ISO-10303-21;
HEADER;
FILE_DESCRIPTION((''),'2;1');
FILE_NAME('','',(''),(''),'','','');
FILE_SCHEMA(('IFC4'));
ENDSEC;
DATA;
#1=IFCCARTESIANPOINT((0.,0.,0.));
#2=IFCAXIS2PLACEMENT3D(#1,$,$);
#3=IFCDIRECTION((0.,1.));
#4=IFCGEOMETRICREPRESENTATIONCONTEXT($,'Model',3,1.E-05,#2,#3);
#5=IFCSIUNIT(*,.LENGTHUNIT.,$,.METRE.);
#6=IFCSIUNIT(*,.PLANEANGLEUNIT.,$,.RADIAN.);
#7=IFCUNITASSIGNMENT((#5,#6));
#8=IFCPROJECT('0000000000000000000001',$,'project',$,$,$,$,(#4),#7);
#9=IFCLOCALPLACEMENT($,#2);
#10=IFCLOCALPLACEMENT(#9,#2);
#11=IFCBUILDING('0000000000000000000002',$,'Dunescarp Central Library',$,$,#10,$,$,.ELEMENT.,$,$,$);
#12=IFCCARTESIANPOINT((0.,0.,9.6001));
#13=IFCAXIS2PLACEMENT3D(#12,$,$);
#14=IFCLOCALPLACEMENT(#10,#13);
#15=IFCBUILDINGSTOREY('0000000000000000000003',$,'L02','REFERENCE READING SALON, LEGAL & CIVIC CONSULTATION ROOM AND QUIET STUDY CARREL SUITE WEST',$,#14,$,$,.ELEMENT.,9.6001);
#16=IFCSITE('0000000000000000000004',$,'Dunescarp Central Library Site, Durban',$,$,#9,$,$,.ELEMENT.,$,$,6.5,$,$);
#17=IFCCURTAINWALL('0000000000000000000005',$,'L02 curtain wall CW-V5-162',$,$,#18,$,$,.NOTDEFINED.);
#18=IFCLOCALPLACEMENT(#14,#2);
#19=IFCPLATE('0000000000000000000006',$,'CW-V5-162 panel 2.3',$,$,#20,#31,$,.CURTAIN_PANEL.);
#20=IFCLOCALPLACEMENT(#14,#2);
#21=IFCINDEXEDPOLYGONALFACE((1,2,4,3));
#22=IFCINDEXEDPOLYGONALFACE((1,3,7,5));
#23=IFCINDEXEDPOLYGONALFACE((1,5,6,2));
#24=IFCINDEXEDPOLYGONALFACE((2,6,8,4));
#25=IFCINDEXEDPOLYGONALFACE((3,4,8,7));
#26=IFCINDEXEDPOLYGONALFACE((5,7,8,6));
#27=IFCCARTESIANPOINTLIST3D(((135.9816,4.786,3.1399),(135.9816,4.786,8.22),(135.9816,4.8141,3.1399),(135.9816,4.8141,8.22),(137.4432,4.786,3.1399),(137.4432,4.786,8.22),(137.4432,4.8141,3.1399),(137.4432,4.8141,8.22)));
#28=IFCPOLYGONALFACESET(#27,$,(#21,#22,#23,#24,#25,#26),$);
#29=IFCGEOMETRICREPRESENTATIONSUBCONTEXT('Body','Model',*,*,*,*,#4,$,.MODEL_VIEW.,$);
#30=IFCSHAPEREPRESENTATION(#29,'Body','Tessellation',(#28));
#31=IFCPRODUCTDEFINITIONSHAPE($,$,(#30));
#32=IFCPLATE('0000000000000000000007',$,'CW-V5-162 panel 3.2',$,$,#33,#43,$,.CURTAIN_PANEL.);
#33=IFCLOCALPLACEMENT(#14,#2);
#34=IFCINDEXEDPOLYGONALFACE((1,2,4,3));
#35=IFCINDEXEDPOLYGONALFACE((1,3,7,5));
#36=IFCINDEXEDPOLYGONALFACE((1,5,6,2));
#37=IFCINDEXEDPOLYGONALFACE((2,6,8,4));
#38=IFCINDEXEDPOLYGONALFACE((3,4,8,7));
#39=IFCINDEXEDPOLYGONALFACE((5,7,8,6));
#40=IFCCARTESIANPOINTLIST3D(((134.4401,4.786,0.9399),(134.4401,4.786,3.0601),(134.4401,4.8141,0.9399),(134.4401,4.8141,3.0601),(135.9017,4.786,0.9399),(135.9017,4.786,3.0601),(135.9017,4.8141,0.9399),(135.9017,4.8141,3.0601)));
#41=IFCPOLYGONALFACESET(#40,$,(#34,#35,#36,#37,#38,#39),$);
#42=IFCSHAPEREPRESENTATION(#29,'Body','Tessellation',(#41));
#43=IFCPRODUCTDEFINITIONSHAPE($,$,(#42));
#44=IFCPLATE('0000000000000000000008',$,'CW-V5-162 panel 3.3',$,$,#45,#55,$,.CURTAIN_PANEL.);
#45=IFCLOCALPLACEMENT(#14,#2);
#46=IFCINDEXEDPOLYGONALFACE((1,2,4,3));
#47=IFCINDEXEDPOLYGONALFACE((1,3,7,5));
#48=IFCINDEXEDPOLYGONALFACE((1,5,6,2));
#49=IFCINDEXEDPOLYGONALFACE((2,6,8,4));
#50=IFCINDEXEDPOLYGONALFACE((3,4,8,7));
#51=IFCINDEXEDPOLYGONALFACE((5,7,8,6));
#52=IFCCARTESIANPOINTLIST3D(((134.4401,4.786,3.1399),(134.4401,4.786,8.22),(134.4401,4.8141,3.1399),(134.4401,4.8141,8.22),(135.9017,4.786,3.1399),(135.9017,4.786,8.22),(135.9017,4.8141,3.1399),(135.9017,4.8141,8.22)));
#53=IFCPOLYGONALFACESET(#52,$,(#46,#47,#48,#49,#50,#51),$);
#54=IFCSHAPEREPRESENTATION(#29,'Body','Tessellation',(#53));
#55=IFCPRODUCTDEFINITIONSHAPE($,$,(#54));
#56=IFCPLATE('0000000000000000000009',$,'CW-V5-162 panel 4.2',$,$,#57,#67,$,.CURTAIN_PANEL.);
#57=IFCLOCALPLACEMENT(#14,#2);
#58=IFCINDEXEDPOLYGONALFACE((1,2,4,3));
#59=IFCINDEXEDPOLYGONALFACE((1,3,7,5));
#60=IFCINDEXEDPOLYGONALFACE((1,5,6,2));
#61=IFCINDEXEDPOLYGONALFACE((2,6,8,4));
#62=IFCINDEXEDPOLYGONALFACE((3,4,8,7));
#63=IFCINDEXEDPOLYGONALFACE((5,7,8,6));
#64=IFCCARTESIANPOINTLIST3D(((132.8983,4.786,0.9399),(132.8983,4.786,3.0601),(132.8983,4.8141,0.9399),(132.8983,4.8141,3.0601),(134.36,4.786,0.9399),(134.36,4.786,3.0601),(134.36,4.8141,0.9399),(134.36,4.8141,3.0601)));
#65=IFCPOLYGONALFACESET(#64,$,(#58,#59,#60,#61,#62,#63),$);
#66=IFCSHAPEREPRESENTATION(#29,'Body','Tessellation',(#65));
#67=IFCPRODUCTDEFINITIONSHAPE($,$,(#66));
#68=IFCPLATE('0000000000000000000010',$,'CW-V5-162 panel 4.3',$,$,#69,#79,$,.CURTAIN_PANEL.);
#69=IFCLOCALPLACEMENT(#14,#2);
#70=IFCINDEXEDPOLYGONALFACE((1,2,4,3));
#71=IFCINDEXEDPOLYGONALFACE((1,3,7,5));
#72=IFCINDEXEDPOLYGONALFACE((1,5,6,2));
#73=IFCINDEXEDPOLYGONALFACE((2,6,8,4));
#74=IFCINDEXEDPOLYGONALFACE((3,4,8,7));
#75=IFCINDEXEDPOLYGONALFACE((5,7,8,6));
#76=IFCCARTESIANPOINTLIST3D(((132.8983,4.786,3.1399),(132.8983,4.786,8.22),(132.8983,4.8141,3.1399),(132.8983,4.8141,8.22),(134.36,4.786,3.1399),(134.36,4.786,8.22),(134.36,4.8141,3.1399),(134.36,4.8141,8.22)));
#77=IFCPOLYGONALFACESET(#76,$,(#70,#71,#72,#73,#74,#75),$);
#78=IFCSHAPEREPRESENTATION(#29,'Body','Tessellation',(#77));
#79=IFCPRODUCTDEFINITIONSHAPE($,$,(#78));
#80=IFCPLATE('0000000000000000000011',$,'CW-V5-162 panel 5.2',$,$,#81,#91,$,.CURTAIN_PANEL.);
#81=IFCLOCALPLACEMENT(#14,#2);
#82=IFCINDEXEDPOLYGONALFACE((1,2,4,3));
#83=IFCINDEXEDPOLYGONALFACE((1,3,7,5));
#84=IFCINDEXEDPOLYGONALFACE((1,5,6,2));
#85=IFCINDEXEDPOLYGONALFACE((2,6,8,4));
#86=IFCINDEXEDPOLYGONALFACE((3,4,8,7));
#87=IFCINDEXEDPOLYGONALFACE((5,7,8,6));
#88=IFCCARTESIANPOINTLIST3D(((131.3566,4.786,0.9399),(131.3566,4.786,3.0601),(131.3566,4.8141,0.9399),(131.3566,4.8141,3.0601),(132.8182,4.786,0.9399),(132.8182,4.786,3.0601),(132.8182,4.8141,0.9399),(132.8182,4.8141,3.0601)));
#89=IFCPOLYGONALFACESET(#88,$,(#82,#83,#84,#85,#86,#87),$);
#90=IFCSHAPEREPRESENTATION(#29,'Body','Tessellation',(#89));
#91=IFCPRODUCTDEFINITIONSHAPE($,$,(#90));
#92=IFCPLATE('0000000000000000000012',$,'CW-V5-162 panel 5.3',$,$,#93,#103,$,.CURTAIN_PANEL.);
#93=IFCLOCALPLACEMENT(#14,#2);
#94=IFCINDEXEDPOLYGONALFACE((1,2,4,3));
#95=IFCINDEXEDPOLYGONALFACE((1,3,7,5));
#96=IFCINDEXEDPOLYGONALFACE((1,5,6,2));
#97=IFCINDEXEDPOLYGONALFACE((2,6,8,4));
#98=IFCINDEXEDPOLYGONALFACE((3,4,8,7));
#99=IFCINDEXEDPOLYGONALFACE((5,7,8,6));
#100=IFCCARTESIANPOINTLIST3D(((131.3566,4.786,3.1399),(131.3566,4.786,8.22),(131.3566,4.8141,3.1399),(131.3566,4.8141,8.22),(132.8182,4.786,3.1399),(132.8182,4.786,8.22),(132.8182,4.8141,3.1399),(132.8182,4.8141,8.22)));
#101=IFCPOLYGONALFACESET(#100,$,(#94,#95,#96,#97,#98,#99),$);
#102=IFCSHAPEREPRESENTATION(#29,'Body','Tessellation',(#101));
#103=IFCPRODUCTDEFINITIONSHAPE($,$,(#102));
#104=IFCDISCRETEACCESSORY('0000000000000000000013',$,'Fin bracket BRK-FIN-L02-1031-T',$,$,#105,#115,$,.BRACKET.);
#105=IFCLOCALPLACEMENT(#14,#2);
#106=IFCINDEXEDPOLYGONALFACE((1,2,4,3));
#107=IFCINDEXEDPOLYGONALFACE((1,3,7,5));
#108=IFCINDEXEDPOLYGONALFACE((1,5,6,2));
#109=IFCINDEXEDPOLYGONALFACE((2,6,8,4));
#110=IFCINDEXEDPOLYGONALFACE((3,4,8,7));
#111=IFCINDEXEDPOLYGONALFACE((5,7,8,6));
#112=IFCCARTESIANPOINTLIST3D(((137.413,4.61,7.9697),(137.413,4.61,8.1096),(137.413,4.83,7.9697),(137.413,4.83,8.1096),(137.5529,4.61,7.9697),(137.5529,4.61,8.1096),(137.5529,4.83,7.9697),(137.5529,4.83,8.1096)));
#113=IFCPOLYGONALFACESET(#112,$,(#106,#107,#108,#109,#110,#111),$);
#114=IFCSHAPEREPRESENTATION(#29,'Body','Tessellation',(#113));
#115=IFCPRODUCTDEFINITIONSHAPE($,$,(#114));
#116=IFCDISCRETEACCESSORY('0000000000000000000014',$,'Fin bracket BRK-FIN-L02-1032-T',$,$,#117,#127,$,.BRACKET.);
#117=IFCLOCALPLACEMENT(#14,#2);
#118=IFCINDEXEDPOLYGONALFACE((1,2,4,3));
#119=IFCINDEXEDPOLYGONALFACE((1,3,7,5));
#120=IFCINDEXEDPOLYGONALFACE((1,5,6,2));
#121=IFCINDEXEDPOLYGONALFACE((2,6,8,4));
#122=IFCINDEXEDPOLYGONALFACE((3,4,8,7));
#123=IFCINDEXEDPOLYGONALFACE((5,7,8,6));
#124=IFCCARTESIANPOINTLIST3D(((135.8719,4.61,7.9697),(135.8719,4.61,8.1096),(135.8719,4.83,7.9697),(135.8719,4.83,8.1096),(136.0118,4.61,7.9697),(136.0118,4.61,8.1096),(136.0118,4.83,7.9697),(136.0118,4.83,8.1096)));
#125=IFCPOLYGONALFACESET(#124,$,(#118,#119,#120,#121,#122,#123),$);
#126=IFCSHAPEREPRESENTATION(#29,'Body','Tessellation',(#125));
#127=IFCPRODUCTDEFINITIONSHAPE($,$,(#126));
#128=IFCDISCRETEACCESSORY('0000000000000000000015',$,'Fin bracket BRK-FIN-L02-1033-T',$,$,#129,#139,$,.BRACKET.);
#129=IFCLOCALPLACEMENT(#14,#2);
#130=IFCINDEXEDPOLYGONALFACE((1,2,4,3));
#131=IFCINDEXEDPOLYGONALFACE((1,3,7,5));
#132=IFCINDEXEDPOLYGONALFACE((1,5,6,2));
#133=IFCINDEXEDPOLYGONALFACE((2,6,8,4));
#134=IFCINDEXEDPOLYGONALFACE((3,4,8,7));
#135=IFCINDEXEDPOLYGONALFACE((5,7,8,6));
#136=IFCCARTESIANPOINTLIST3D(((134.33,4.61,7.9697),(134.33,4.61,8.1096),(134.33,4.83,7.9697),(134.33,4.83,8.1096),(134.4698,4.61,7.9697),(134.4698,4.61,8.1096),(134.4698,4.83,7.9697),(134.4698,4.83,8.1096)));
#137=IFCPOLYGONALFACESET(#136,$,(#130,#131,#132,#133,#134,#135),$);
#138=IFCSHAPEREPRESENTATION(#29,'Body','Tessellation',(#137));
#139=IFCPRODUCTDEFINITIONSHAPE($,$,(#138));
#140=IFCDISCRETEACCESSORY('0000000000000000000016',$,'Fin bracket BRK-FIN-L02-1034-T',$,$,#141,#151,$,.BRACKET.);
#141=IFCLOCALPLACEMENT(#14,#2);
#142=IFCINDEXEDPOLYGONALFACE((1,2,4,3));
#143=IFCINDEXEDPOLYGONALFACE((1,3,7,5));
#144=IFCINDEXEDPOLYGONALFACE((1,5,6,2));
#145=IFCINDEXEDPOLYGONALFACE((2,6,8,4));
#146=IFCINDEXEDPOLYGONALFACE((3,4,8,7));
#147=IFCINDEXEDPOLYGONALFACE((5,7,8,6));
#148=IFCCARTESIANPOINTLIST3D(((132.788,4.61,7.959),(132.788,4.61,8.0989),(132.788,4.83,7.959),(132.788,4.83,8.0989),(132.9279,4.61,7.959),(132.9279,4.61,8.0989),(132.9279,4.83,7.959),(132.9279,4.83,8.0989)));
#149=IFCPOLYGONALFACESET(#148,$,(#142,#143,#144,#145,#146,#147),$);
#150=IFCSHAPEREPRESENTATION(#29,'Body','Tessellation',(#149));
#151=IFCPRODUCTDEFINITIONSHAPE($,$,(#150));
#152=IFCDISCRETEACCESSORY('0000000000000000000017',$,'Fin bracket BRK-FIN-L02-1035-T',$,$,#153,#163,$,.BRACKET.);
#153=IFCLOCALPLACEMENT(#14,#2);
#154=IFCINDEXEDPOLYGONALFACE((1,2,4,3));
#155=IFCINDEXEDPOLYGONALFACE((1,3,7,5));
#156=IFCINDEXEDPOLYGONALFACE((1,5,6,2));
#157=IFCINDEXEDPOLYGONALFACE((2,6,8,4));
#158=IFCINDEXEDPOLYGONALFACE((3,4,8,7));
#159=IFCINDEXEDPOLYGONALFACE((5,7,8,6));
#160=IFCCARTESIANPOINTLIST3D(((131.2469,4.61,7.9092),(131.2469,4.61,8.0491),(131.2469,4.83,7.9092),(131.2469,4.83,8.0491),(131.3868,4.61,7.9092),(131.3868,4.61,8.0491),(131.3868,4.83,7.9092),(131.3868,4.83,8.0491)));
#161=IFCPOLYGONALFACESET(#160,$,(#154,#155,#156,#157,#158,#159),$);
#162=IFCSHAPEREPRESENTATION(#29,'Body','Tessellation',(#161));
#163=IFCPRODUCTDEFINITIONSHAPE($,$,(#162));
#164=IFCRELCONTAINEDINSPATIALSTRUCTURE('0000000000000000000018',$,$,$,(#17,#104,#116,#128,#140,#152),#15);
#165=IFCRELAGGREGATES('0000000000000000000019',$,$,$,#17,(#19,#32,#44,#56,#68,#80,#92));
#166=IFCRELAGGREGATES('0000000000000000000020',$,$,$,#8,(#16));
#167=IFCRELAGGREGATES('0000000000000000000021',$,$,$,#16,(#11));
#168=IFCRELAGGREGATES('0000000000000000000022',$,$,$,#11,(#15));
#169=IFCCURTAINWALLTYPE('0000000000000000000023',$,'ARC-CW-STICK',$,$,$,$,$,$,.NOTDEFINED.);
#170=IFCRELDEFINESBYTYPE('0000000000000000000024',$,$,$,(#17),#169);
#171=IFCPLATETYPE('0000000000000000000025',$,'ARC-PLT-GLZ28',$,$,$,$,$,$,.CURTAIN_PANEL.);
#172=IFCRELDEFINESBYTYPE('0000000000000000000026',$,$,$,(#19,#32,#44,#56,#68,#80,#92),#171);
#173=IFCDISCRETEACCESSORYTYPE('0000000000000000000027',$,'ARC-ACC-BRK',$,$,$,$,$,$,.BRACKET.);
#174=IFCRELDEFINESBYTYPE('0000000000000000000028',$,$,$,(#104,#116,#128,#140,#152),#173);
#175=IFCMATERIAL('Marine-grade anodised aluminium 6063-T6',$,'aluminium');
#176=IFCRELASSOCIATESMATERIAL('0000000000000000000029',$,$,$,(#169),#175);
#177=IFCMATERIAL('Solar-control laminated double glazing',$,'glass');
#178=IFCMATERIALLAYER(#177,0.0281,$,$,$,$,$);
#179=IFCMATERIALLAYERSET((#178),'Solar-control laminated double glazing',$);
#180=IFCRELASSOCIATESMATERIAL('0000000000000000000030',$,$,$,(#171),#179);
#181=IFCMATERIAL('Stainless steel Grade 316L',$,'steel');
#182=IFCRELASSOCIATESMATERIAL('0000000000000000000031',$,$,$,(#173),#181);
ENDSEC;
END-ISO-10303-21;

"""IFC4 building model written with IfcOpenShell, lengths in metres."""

from ifc_helpers import new_model, si_unit, direction, frame, origin, origin_2d, place, context, subcontext, project, spatial, rectangle, extrude, material, layer, layer_set, type_object, element, aggregate, save


model = new_model("IFC4")

# Units and contexts
model_context = context("Model", 3, precision=1e-05, world=origin(), true_north=direction((0.0, 1.0)))
body_context = subcontext(model_context, "Body", "Model", "MODEL_VIEW")
ifc_project = project(units=[si_unit("LENGTHUNIT", "METRE"), si_unit("PLANEANGLEUNIT", "RADIAN")], contexts=[model_context])

# Site, building, storey
site_placement = place(None, origin())
site = spatial("IfcSite", under=ifc_project, at=site_placement, Name="Dunescarp Central Library Site, Durban", CompositionType="ELEMENT", RefElevation=6.5)
building_placement = place(site_placement, origin())
building = spatial("IfcBuilding", under=site, at=building_placement, Name="Dunescarp Central Library", CompositionType="ELEMENT")
storey_placement = place(building_placement, frame((0.0, 0.0, 9.6001)))
storey = spatial("IfcBuildingStorey", under=building, at=storey_placement, Name="L02", Description="REFERENCE READING SALON, LEGAL & CIVIC CONSULTATION ROOM AND QUIET STUDY CARREL SUITE WEST", CompositionType="ELEMENT", Elevation=9.6001)

# Curtain wall, plates
ifc_material_1 = material(Name="Marine-grade anodised aluminium 6063-T6", Category="aluminium")
curtain_wall_type = type_object("IfcCurtainWallType", Name="ARC-CW-STICK", PredefinedType="NOTDEFINED", material=ifc_material_1)
curtain_wall_placement = place(storey_placement, origin())
curtain_wall = element("IfcCurtainWall", 1, at=curtain_wall_placement, inside=storey, type_object=curtain_wall_type, Name="L02 curtain wall CW-V5-162", PredefinedType="NOTDEFINED")
ifc_material_2 = material(Name="Solar-control laminated double glazing", Category="glass")
ifc_layer = layer(ifc_material_2, 0.0281)
ifc_layer_set = layer_set([ifc_layer], Name="Solar-control laminated double glazing")
plate_type = type_object("IfcPlateType", Name="ARC-PLT-GLZ28", PredefinedType="CURTAIN_PANEL", material=ifc_layer_set)
plate_1_placement = place(storey_placement, frame((136.7124, 4.8, 3.1399), z_axis=(0.0, 0.0, 1.0), x_axis=(-1.0, 0.0, 0.0)))
plate_1 = element("IfcPlate", 2, at=plate_1_placement, type_object=plate_type, Name="CW-V5-162 panel 2.3", PredefinedType="CURTAIN_PANEL", context=body_context, shape_type="SweptSolid", body=[
    extrude(rectangle(XDim=1.4617, YDim=0.0281, at=origin_2d()), origin(), (0.0, 0.0, 1.0), 5.0801),
])
plate_2_placement = place(storey_placement, frame((135.1709, 4.8, 0.9399), z_axis=(0.0, 0.0, 1.0), x_axis=(-1.0, 0.0, 0.0)))
plate_2 = element("IfcPlate", 3, at=plate_2_placement, type_object=plate_type, Name="CW-V5-162 panel 3.2", PredefinedType="CURTAIN_PANEL", context=body_context, shape_type="SweptSolid", body=[
    extrude(rectangle(XDim=1.4617, YDim=0.0281, at=origin_2d()), origin(), (0.0, 0.0, 1.0), 2.1201),
])
plate_3_placement = place(storey_placement, frame((135.1709, 4.8, 3.1399), z_axis=(0.0, 0.0, 1.0), x_axis=(-1.0, 0.0, 0.0)))
plate_3 = element("IfcPlate", 4, at=plate_3_placement, type_object=plate_type, Name="CW-V5-162 panel 3.3", PredefinedType="CURTAIN_PANEL", context=body_context, shape_type="SweptSolid", body=[
    extrude(rectangle(XDim=1.4617, YDim=0.0281, at=origin_2d()), origin(), (0.0, 0.0, 1.0), 5.0801),
])
plate_4_placement = place(storey_placement, frame((133.6292, 4.8, 0.9399), z_axis=(0.0, 0.0, 1.0), x_axis=(-1.0, 0.0, 0.0)))
plate_4 = element("IfcPlate", 5, at=plate_4_placement, type_object=plate_type, Name="CW-V5-162 panel 4.2", PredefinedType="CURTAIN_PANEL", context=body_context, shape_type="SweptSolid", body=[
    extrude(rectangle(XDim=1.4617, YDim=0.0281, at=origin_2d()), origin(), (0.0, 0.0, 1.0), 2.1201),
])
plate_5_placement = place(storey_placement, frame((133.6292, 4.8, 3.1399), z_axis=(0.0, 0.0, 1.0), x_axis=(-1.0, 0.0, 0.0)))
plate_5 = element("IfcPlate", 6, at=plate_5_placement, type_object=plate_type, Name="CW-V5-162 panel 4.3", PredefinedType="CURTAIN_PANEL", context=body_context, shape_type="SweptSolid", body=[
    extrude(rectangle(XDim=1.4617, YDim=0.0281, at=origin_2d()), origin(), (0.0, 0.0, 1.0), 5.0801),
])
plate_6_placement = place(storey_placement, frame((132.0874, 4.8, 0.9399), z_axis=(0.0, 0.0, 1.0), x_axis=(-1.0, 0.0, 0.0)))
plate_6 = element("IfcPlate", 7, at=plate_6_placement, type_object=plate_type, Name="CW-V5-162 panel 5.2", PredefinedType="CURTAIN_PANEL", context=body_context, shape_type="SweptSolid", body=[
    extrude(rectangle(XDim=1.4617, YDim=0.0281, at=origin_2d()), origin(), (0.0, 0.0, 1.0), 2.1201),
])
plate_7_placement = place(storey_placement, frame((132.0874, 4.8, 3.1399), z_axis=(0.0, 0.0, 1.0), x_axis=(-1.0, 0.0, 0.0)))
plate_7 = element("IfcPlate", 8, at=plate_7_placement, type_object=plate_type, Name="CW-V5-162 panel 5.3", PredefinedType="CURTAIN_PANEL", context=body_context, shape_type="SweptSolid", body=[
    extrude(rectangle(XDim=1.4617, YDim=0.0281, at=origin_2d()), origin(), (0.0, 0.0, 1.0), 5.0801),
])
aggregate(curtain_wall, [plate_1, plate_2, plate_3, plate_4, plate_5, plate_6, plate_7])

# Discrete accessories
ifc_material_3 = material(Name="Stainless steel Grade 316L", Category="steel")
discrete_accessory_type = type_object("IfcDiscreteAccessoryType", Name="ARC-ACC-BRK", PredefinedType="BRACKET", material=ifc_material_3)
for number, where, z_axis, x_axis, name in (
    (9, (137.4829, 4.72, 7.9697), (0.0, 0.0, 1.0), (0.0, -1.0, 0.0), "Fin bracket BRK-FIN-L02-1031-T"),
    (10, (135.9419, 4.72, 7.9697), (0.0, 0.0, 1.0), (0.0, -1.0, 0.0), "Fin bracket BRK-FIN-L02-1032-T"),
    (11, (134.3999, 4.72, 7.9697), (0.0, 0.0, 1.0), (0.0, -1.0, 0.0), "Fin bracket BRK-FIN-L02-1033-T"),
    (12, (132.8579, 4.72, 7.959), (0.0, 0.0, 1.0), (0.0, -1.0, 0.0), "Fin bracket BRK-FIN-L02-1034-T"),
    (13, (131.3169, 4.72, 7.9092), (0.0, 0.0, 1.0), (0.0, -1.0, 0.0), "Fin bracket BRK-FIN-L02-1035-T"),
):
    element("IfcDiscreteAccessory", number, at=place(storey_placement, frame(where, z_axis=z_axis, x_axis=x_axis)), inside=storey, type_object=discrete_accessory_type, Name=name, PredefinedType="BRACKET", context=body_context, shape_type="SweptSolid", body=[
        extrude(rectangle(XDim=0.22, YDim=0.1399, at=origin_2d()), origin(), (0.0, 0.0, 1.0), 0.1399),
    ])

save(model, "model.ifc")
